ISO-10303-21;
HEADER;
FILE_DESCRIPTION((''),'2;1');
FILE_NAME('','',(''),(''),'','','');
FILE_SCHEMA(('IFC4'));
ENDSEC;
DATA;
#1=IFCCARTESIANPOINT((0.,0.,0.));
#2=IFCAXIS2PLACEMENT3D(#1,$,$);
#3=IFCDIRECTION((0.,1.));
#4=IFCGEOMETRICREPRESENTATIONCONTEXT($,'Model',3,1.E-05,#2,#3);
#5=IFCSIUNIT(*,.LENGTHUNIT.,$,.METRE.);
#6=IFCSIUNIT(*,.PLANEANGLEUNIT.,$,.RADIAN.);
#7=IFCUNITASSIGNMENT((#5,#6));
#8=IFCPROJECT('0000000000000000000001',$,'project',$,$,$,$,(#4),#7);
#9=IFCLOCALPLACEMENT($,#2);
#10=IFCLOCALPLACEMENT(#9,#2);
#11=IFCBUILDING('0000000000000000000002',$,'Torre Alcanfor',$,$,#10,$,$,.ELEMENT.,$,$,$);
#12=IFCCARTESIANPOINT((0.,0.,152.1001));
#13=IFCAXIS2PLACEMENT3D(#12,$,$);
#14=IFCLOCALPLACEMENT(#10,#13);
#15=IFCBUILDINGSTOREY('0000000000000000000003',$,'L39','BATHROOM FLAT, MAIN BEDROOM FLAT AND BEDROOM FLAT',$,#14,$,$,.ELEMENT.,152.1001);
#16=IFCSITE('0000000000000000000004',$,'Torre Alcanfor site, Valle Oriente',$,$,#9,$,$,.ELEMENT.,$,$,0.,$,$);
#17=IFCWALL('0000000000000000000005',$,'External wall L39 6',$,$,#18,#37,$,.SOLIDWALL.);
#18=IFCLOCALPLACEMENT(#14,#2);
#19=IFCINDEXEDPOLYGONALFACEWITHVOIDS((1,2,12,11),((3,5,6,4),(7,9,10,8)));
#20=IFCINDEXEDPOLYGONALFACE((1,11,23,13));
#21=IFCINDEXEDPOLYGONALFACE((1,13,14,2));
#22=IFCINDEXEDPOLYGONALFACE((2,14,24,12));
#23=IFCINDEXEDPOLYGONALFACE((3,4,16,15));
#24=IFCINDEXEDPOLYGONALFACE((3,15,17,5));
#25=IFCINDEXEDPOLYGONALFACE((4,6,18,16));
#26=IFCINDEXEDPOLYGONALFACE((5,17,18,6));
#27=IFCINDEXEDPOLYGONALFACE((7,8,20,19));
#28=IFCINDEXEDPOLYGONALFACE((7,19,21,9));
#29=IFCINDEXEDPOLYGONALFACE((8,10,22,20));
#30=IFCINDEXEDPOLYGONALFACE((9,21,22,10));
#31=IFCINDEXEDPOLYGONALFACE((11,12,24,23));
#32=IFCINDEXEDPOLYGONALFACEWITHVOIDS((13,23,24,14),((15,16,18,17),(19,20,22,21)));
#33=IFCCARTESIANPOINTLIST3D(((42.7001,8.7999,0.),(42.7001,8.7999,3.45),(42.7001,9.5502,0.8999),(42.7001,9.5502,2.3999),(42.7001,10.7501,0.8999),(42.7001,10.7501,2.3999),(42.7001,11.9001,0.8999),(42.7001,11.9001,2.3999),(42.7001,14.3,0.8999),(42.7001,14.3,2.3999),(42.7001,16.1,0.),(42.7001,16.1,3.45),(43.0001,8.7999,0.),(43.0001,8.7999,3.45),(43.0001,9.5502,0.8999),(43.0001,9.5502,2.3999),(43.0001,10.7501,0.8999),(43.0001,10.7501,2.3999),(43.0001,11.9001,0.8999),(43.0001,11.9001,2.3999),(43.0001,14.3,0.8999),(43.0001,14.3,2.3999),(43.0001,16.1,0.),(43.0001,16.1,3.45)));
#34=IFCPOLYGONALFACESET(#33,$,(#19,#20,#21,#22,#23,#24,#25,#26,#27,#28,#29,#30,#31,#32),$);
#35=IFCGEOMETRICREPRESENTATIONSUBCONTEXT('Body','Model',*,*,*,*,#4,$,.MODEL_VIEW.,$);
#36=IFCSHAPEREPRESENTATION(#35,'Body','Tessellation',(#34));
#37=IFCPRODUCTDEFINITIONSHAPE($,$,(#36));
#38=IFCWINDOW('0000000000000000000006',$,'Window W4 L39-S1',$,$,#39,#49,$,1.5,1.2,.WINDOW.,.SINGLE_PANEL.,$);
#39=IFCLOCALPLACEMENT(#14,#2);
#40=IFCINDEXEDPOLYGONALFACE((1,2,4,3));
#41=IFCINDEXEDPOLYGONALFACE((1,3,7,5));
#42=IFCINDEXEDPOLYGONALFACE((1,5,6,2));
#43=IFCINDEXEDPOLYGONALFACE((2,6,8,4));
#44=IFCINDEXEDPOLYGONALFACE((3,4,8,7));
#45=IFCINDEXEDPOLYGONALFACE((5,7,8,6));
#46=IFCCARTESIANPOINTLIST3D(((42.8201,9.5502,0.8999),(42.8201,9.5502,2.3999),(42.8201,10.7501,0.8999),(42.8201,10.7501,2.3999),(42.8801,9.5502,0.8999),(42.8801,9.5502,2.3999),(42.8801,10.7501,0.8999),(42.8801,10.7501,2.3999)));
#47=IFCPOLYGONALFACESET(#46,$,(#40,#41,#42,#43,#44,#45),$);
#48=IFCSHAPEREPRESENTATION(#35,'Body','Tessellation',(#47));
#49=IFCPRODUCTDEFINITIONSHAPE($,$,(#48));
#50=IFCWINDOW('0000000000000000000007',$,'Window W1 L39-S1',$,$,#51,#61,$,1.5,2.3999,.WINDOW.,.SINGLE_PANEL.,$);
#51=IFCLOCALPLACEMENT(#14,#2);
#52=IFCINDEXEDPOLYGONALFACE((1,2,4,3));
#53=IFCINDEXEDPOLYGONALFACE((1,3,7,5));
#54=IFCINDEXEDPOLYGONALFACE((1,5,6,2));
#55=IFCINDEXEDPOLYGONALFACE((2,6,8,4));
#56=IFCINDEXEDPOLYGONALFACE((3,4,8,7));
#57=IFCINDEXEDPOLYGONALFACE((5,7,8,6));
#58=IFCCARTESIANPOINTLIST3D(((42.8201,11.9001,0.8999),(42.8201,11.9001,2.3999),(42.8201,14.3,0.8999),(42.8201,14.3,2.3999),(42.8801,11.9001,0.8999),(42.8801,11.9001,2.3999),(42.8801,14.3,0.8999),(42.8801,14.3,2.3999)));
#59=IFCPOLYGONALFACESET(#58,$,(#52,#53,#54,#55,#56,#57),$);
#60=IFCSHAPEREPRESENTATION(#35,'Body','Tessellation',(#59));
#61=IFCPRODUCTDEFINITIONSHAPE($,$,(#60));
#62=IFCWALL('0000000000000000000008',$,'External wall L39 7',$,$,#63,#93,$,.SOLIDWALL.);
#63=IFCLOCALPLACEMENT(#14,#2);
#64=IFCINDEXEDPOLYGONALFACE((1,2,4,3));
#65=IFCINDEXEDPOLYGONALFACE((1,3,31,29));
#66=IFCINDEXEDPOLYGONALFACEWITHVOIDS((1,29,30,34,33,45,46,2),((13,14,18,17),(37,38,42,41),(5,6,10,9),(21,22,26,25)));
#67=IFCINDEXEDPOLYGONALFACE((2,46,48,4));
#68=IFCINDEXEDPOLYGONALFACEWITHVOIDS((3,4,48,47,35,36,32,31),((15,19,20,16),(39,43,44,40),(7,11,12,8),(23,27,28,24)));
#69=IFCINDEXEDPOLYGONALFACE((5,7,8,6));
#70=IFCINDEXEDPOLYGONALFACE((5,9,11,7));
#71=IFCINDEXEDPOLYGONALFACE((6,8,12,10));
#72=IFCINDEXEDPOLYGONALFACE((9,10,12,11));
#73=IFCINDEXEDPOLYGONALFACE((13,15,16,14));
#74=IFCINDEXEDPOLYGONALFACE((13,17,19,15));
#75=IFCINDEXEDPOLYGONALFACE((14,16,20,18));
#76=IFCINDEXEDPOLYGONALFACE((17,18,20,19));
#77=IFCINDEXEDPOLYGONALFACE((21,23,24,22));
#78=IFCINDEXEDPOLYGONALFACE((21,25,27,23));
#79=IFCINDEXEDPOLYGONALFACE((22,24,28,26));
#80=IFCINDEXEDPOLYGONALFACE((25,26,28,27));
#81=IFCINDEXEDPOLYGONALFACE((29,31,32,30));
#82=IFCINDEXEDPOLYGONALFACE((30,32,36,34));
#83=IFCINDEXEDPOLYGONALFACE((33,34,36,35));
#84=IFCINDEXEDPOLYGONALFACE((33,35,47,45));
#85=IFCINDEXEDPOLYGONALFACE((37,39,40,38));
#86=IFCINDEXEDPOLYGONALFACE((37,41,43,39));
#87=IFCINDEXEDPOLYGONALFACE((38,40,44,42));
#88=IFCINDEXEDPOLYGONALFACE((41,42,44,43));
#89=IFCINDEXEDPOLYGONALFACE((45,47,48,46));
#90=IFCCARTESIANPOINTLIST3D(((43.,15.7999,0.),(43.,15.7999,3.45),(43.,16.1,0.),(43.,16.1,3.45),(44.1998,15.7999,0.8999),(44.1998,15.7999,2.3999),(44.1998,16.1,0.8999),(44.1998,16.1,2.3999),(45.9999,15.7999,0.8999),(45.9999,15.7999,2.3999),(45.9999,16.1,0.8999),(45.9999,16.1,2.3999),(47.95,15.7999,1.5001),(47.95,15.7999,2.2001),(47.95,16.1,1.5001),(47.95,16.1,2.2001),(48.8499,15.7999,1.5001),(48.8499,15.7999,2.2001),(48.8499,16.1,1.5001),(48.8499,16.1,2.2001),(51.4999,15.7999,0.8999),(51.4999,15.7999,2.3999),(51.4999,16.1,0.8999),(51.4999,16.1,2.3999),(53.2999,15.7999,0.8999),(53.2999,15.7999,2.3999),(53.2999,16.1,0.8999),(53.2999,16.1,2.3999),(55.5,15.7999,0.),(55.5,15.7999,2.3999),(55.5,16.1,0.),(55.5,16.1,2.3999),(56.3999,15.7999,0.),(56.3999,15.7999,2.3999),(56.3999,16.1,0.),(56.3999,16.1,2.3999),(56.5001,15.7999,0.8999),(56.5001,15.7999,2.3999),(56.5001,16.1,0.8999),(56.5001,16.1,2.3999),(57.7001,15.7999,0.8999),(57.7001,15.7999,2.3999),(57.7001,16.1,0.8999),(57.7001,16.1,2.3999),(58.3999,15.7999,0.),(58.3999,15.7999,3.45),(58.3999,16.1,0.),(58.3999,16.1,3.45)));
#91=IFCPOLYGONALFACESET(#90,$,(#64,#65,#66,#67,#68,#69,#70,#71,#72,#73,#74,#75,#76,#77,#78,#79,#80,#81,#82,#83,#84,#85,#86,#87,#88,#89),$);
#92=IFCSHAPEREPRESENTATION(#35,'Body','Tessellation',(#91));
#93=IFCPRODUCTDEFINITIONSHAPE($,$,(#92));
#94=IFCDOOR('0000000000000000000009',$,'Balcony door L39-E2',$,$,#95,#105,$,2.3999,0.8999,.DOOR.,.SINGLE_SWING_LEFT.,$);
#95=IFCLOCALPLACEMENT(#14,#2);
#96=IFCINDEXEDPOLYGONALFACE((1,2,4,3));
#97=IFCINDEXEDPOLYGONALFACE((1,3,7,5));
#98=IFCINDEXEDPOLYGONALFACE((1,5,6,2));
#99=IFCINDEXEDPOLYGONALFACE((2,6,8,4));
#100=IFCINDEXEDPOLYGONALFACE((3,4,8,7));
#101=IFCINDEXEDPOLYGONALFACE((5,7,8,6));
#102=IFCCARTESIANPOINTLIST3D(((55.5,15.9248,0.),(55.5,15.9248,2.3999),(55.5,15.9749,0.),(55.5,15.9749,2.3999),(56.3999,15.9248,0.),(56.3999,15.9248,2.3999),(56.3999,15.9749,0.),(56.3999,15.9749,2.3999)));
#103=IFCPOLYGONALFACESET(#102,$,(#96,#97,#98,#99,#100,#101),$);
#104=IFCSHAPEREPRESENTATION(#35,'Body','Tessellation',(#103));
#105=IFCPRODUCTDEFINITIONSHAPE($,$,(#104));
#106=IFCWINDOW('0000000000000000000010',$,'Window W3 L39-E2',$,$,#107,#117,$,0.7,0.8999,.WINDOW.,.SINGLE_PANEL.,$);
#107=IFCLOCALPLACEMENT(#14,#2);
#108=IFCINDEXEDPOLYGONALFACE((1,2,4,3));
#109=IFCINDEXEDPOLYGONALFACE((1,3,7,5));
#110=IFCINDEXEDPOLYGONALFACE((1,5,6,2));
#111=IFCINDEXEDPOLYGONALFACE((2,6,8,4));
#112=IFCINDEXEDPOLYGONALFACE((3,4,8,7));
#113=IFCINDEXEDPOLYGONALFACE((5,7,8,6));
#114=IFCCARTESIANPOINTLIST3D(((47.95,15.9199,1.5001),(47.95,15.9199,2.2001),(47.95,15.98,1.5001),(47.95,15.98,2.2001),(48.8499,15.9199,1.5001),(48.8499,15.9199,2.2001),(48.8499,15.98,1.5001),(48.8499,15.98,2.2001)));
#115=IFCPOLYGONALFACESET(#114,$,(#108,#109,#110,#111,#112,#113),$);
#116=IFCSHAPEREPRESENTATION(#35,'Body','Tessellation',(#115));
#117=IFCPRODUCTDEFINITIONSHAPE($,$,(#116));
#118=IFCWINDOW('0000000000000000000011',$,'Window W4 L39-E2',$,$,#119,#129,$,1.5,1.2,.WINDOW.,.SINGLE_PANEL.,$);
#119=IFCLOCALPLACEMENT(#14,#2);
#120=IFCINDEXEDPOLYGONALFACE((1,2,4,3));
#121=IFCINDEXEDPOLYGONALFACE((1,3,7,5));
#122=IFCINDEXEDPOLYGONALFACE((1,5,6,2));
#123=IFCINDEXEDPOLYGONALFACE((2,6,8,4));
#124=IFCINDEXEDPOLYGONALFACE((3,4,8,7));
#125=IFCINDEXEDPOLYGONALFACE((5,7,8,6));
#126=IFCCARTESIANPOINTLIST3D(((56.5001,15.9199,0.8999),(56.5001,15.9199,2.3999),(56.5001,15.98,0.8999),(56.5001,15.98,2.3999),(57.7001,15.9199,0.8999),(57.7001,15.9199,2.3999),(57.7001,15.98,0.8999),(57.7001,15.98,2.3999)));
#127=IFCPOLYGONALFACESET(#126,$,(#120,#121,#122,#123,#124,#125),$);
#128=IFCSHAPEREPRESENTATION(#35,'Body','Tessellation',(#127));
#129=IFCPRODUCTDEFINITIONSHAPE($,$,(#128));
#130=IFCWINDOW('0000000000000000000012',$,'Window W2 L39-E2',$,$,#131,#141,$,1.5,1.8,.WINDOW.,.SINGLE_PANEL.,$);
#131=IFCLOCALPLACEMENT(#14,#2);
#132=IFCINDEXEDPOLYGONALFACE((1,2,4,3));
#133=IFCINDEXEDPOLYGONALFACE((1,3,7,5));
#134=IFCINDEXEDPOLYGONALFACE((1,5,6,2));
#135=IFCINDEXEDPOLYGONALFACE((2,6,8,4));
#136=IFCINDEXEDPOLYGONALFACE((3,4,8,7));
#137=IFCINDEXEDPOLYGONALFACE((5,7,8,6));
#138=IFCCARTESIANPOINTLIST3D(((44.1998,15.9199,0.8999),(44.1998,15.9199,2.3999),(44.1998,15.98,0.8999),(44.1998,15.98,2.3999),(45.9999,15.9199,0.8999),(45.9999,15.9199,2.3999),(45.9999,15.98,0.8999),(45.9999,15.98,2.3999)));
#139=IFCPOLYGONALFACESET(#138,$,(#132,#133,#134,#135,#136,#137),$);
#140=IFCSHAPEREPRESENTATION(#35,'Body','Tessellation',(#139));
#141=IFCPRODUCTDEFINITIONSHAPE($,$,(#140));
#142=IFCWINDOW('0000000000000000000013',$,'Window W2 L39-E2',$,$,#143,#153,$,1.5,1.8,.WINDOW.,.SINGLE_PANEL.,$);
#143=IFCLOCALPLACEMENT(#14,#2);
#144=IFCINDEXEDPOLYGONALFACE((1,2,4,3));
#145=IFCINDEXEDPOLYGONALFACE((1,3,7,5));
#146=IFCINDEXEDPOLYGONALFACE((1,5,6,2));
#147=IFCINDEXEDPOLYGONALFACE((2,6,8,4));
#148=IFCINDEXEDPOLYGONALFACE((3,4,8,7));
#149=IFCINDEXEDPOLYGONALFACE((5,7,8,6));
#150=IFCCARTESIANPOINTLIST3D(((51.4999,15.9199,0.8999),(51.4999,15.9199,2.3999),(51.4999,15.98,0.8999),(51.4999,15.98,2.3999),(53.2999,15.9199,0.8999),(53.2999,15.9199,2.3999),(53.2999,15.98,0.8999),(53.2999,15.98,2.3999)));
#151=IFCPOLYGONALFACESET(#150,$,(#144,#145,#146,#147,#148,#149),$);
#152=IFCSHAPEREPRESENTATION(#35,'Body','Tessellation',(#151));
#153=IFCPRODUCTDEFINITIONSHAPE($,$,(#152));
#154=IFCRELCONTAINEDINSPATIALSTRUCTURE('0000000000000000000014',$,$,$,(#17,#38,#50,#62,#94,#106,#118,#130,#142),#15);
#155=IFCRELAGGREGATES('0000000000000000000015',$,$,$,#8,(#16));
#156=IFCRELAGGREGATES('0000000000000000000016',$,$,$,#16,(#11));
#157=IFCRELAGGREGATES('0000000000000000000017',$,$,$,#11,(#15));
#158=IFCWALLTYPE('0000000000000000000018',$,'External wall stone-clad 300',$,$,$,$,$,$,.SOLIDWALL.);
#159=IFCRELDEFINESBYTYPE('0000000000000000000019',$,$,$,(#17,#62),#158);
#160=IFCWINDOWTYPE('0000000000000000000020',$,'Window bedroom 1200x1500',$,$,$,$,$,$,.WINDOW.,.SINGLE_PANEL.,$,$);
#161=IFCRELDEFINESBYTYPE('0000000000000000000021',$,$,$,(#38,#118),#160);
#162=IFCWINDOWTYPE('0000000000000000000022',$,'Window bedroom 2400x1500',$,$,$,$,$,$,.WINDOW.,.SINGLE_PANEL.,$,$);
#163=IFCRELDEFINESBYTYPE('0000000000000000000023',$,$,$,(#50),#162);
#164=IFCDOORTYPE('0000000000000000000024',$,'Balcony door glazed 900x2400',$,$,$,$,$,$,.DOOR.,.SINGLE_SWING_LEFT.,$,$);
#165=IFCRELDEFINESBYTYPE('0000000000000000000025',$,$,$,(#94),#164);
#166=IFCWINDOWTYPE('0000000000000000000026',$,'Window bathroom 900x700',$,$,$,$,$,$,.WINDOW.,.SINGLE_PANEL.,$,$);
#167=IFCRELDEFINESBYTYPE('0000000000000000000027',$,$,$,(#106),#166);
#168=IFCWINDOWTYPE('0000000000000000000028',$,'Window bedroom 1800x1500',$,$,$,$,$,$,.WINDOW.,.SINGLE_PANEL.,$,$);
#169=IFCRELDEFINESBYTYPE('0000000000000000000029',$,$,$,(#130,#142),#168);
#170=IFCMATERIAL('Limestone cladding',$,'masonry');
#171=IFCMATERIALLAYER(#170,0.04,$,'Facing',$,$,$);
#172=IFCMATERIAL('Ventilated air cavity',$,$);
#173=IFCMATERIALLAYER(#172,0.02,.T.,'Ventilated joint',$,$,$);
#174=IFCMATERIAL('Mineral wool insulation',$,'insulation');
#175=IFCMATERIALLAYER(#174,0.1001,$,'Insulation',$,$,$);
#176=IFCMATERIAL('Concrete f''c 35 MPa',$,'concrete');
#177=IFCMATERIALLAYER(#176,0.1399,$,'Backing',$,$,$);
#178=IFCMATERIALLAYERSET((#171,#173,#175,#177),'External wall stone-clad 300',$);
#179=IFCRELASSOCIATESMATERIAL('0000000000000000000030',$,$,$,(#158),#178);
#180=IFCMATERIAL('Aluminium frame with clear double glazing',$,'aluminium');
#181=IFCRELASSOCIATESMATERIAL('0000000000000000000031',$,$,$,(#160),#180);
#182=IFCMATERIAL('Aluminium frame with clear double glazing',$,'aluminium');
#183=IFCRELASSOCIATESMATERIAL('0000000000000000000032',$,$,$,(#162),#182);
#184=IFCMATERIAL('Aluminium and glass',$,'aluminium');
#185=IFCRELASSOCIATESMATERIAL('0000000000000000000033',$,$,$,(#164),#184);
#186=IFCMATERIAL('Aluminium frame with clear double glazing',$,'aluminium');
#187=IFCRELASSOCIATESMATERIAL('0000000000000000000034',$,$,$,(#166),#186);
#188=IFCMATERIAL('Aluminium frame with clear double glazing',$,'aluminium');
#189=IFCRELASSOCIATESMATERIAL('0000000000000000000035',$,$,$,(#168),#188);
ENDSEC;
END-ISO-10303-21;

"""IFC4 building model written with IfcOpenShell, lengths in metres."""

from ifc_helpers import new_model, si_unit, direction, frame, frame_2d, origin, place, context, subcontext, project, spatial, rectangle, extrude, material, layer, layer_set, type_object, element, fill, save


model = new_model("IFC4")

# Units and contexts
model_context = context("Model", 3, precision=1e-05, world=origin(), true_north=direction((0.0, 1.0)))
body_context = subcontext(model_context, "Body", "Model", "MODEL_VIEW")
ifc_project = project(units=[si_unit("LENGTHUNIT", "METRE"), si_unit("PLANEANGLEUNIT", "RADIAN")], contexts=[model_context])

# Site, building, storey
site_placement = place(None, origin())
site = spatial("IfcSite", under=ifc_project, at=site_placement, Name="Torre Alcanfor site, Valle Oriente", CompositionType="ELEMENT", RefElevation=0.0)
building_placement = place(site_placement, origin())
building = spatial("IfcBuilding", under=site, at=building_placement, Name="Torre Alcanfor", CompositionType="ELEMENT")
storey_placement = place(building_placement, frame((0.0, 0.0, 152.1001)))
storey = spatial("IfcBuildingStorey", under=building, at=storey_placement, Name="L39", Description="BATHROOM FLAT, MAIN BEDROOM FLAT AND BEDROOM FLAT", CompositionType="ELEMENT", Elevation=152.1001)

# Wall, openings, windows
ifc_material_1 = material(Name="Limestone cladding", Category="masonry")
ifc_layer_1 = layer(ifc_material_1, 0.04, Name="Facing")
ifc_material_2 = material(Name="Ventilated air cavity")
ifc_layer_2 = layer(ifc_material_2, 0.02, ventilated=True, Name="Ventilated joint")
ifc_material_3 = material(Name="Mineral wool insulation", Category="insulation")
ifc_layer_3 = layer(ifc_material_3, 0.1001, Name="Insulation")
ifc_material_4 = material(Name="Concrete f'c 35 MPa", Category="concrete")
ifc_layer_4 = layer(ifc_material_4, 0.1399, Name="Backing")
ifc_layer_set_1 = layer_set([ifc_layer_1, ifc_layer_2, ifc_layer_3, ifc_layer_4], Name="External wall stone-clad 300")
wall_type_1 = type_object("IfcWallType", Name="External wall stone-clad 300", PredefinedType="SOLIDWALL", material=ifc_layer_set_1)
wall_1_placement = place(storey_placement, frame((42.8501, 8.8, 0.0), z_axis=(0.0, 0.0, 1.0), x_axis=(0.0, 1.0, 0.0)))
wall_1 = element("IfcWall", 1, at=wall_1_placement, inside=storey, type_object=wall_type_1, Name="External wall L39 6", PredefinedType="SOLIDWALL", context=body_context, shape_type="SweptSolid", body=[
    extrude(rectangle(XDim=7.3, YDim=0.3, at=frame_2d((3.6499, 0.0))), origin(), (0.0, 0.0, 1.0), 3.45),
])
opening_1_placement = place(wall_1_placement, frame((3.1001, 0.0, 0.8999)))
opening_1 = element("IfcOpeningElement", 2, at=opening_1_placement, cuts=wall_1, PredefinedType="OPENING", context=body_context, shape_type="SweptSolid", body=[
    extrude(rectangle(XDim=2.3999, YDim=1.5, at=frame_2d((1.2, 0.75))), frame((0.0, 0.1599, 0.0), z_axis=(0.0, -1.0, 0.0), x_axis=(1.0, 0.0, 0.0)), (0.0, 0.0, 1.0), 0.3201),
])
opening_2_placement = place(wall_1_placement, frame((0.75, 0.0, 0.8999)))
opening_2 = element("IfcOpeningElement", 3, at=opening_2_placement, cuts=wall_1, PredefinedType="OPENING", context=body_context, shape_type="SweptSolid", body=[
    extrude(rectangle(XDim=1.2, YDim=1.5, at=frame_2d((0.6001, 0.75))), frame((0.0, 0.1599, 0.0), z_axis=(0.0, -1.0, 0.0), x_axis=(1.0, 0.0, 0.0)), (0.0, 0.0, 1.0), 0.3201),
])
ifc_material_5 = material(Name="Aluminium frame with clear double glazing", Category="aluminium")
window_type_1 = type_object("IfcWindowType", Name="Window bedroom 1200x1500", PartitioningType="SINGLE_PANEL", PredefinedType="WINDOW", material=ifc_material_5)
window_1_placement = place(opening_2_placement, origin())
window_1 = element("IfcWindow", 4, at=window_1_placement, inside=storey, type_object=window_type_1, Name="Window W4 L39-S1", OverallHeight=1.5, OverallWidth=1.2, PartitioningType="SINGLE_PANEL", PredefinedType="WINDOW", context=body_context, shape_type="SweptSolid", body=[
    extrude(rectangle(XDim=1.2, YDim=1.5, at=frame_2d((0.6001, 0.75))), frame((0.0, 0.03, 0.0), z_axis=(0.0, -1.0, 0.0), x_axis=(1.0, 0.0, 0.0)), (0.0, 0.0, 1.0), 0.0601),
])
fill(opening_2, window_1)
ifc_material_6 = material(Name="Aluminium frame with clear double glazing", Category="aluminium")
window_type_2 = type_object("IfcWindowType", Name="Window bedroom 2400x1500", PartitioningType="SINGLE_PANEL", PredefinedType="WINDOW", material=ifc_material_6)
window_2_placement = place(opening_1_placement, origin())
window_2 = element("IfcWindow", 5, at=window_2_placement, inside=storey, type_object=window_type_2, Name="Window W1 L39-S1", OverallHeight=1.5, OverallWidth=2.3999, PartitioningType="SINGLE_PANEL", PredefinedType="WINDOW", context=body_context, shape_type="SweptSolid", body=[
    extrude(rectangle(XDim=2.3999, YDim=1.5, at=frame_2d((1.2, 0.75))), frame((0.0, 0.03, 0.0), z_axis=(0.0, -1.0, 0.0), x_axis=(1.0, 0.0, 0.0)), (0.0, 0.0, 1.0), 0.0601),
])
fill(opening_1, window_2)

# Wall, openings, door, windows
wall_2_placement = place(storey_placement, frame((43.0, 15.95, 0.0), z_axis=(0.0, 0.0, 1.0), x_axis=(1.0, 0.0, 0.0)))
wall_2 = element("IfcWall", 6, at=wall_2_placement, inside=storey, type_object=wall_type_1, Name="External wall L39 7", PredefinedType="SOLIDWALL", context=body_context, shape_type="SweptSolid", body=[
    extrude(rectangle(XDim=15.3999, YDim=0.3, at=frame_2d((7.7, 0.0))), origin(), (0.0, 0.0, 1.0), 3.45),
])
opening_3_placement = place(wall_2_placement, frame((1.2, 0.0, 0.8999)))
opening_3 = element("IfcOpeningElement", 7, at=opening_3_placement, cuts=wall_2, PredefinedType="OPENING", context=body_context, shape_type="SweptSolid", body=[
    extrude(rectangle(XDim=1.8, YDim=1.5, at=frame_2d((0.8999, 0.75))), frame((0.0, 0.1599, 0.0), z_axis=(0.0, -1.0, 0.0), x_axis=(1.0, 0.0, 0.0)), (0.0, 0.0, 1.0), 0.3201),
])
opening_4_placement = place(wall_2_placement, frame((4.95, 0.0, 1.5)))
opening_4 = element("IfcOpeningElement", 8, at=opening_4_placement, cuts=wall_2, PredefinedType="OPENING", context=body_context, shape_type="SweptSolid", body=[
    extrude(rectangle(XDim=0.8999, YDim=0.7, at=frame_2d((0.45, 0.3501))), frame((0.0, 0.1599, 0.0), z_axis=(0.0, -1.0, 0.0), x_axis=(1.0, 0.0, 0.0)), (0.0, 0.0, 1.0), 0.3201),
])
opening_5_placement = place(wall_2_placement, frame((8.5, 0.0, 0.8999)))
opening_5 = element("IfcOpeningElement", 9, at=opening_5_placement, cuts=wall_2, PredefinedType="OPENING", context=body_context, shape_type="SweptSolid", body=[
    extrude(rectangle(XDim=1.8, YDim=1.5, at=frame_2d((0.8999, 0.75))), frame((0.0, 0.1599, 0.0), z_axis=(0.0, -1.0, 0.0), x_axis=(1.0, 0.0, 0.0)), (0.0, 0.0, 1.0), 0.3201),
])
opening_6_placement = place(wall_2_placement, frame((12.5, 0.0, 0.0)))
opening_6 = element("IfcOpeningElement", 10, at=opening_6_placement, cuts=wall_2, PredefinedType="OPENING", context=body_context, shape_type="SweptSolid", body=[
    extrude(rectangle(XDim=0.8999, YDim=2.3999, at=frame_2d((0.45, 1.2))), frame((0.0, 0.1599, 0.0), z_axis=(0.0, -1.0, 0.0), x_axis=(1.0, 0.0, 0.0)), (0.0, 0.0, 1.0), 0.3201),
])
opening_7_placement = place(wall_2_placement, frame((13.5, 0.0, 0.8999)))
opening_7 = element("IfcOpeningElement", 11, at=opening_7_placement, cuts=wall_2, PredefinedType="OPENING", context=body_context, shape_type="SweptSolid", body=[
    extrude(rectangle(XDim=1.2, YDim=1.5, at=frame_2d((0.6001, 0.75))), frame((0.0, 0.1599, 0.0), z_axis=(0.0, -1.0, 0.0), x_axis=(1.0, 0.0, 0.0)), (0.0, 0.0, 1.0), 0.3201),
])
ifc_material_7 = material(Name="Aluminium and glass", Category="aluminium")
door_type_1 = type_object("IfcDoorType", Name="Balcony door glazed 900x2400", OperationType="SINGLE_SWING_LEFT", PredefinedType="DOOR", material=ifc_material_7)
door_1_placement = place(opening_6_placement, origin())
door_1 = element("IfcDoor", 12, at=door_1_placement, inside=storey, type_object=door_type_1, Name="Balcony door L39-E2", OperationType="SINGLE_SWING_LEFT", OverallHeight=2.3999, OverallWidth=0.8999, PredefinedType="DOOR", context=body_context, shape_type="SweptSolid", body=[
    extrude(rectangle(XDim=0.8999, YDim=2.3999, at=frame_2d((0.45, 1.2))), frame((0.0, 0.0249, 0.0), z_axis=(0.0, -1.0, 0.0), x_axis=(1.0, 0.0, 0.0)), (0.0, 0.0, 1.0), 0.05),
])
fill(opening_6, door_1)
ifc_material_8 = material(Name="Aluminium frame with clear double glazing", Category="aluminium")
window_type_3 = type_object("IfcWindowType", Name="Window bathroom 900x700", PartitioningType="SINGLE_PANEL", PredefinedType="WINDOW", material=ifc_material_8)
window_3_placement = place(opening_4_placement, origin())
window_3 = element("IfcWindow", 13, at=window_3_placement, inside=storey, type_object=window_type_3, Name="Window W3 L39-E2", OverallHeight=0.7, OverallWidth=0.8999, PartitioningType="SINGLE_PANEL", PredefinedType="WINDOW", context=body_context, shape_type="SweptSolid", body=[
    extrude(rectangle(XDim=0.8999, YDim=0.7, at=frame_2d((0.45, 0.3501))), frame((0.0, 0.03, 0.0), z_axis=(0.0, -1.0, 0.0), x_axis=(1.0, 0.0, 0.0)), (0.0, 0.0, 1.0), 0.0601),
])
fill(opening_4, window_3)
window_4_placement = place(opening_7_placement, origin())
window_4 = element("IfcWindow", 14, at=window_4_placement, inside=storey, type_object=window_type_1, Name="Window W4 L39-E2", OverallHeight=1.5, OverallWidth=1.2, PartitioningType="SINGLE_PANEL", PredefinedType="WINDOW", context=body_context, shape_type="SweptSolid", body=[
    extrude(rectangle(XDim=1.2, YDim=1.5, at=frame_2d((0.6001, 0.75))), frame((0.0, 0.03, 0.0), z_axis=(0.0, -1.0, 0.0), x_axis=(1.0, 0.0, 0.0)), (0.0, 0.0, 1.0), 0.0601),
])
fill(opening_7, window_4)
ifc_material_9 = material(Name="Aluminium frame with clear double glazing", Category="aluminium")
window_type_4 = type_object("IfcWindowType", Name="Window bedroom 1800x1500", PartitioningType="SINGLE_PANEL", PredefinedType="WINDOW", material=ifc_material_9)
window_5_placement = place(opening_3_placement, origin())
window_5 = element("IfcWindow", 15, at=window_5_placement, inside=storey, type_object=window_type_4, Name="Window W2 L39-E2", OverallHeight=1.5, OverallWidth=1.8, PartitioningType="SINGLE_PANEL", PredefinedType="WINDOW", context=body_context, shape_type="SweptSolid", body=[
    extrude(rectangle(XDim=1.8, YDim=1.5, at=frame_2d((0.8999, 0.75))), frame((0.0, 0.03, 0.0), z_axis=(0.0, -1.0, 0.0), x_axis=(1.0, 0.0, 0.0)), (0.0, 0.0, 1.0), 0.0601),
])
fill(opening_3, window_5)
window_6_placement = place(opening_5_placement, origin())
window_6 = element("IfcWindow", 16, at=window_6_placement, inside=storey, type_object=window_type_4, Name="Window W2 L39-E2", OverallHeight=1.5, OverallWidth=1.8, PartitioningType="SINGLE_PANEL", PredefinedType="WINDOW", context=body_context, shape_type="SweptSolid", body=[
    extrude(rectangle(XDim=1.8, YDim=1.5, at=frame_2d((0.8999, 0.75))), frame((0.0, 0.03, 0.0), z_axis=(0.0, -1.0, 0.0), x_axis=(1.0, 0.0, 0.0)), (0.0, 0.0, 1.0), 0.0601),
])
fill(opening_5, window_6)

save(model, "model.ifc")
